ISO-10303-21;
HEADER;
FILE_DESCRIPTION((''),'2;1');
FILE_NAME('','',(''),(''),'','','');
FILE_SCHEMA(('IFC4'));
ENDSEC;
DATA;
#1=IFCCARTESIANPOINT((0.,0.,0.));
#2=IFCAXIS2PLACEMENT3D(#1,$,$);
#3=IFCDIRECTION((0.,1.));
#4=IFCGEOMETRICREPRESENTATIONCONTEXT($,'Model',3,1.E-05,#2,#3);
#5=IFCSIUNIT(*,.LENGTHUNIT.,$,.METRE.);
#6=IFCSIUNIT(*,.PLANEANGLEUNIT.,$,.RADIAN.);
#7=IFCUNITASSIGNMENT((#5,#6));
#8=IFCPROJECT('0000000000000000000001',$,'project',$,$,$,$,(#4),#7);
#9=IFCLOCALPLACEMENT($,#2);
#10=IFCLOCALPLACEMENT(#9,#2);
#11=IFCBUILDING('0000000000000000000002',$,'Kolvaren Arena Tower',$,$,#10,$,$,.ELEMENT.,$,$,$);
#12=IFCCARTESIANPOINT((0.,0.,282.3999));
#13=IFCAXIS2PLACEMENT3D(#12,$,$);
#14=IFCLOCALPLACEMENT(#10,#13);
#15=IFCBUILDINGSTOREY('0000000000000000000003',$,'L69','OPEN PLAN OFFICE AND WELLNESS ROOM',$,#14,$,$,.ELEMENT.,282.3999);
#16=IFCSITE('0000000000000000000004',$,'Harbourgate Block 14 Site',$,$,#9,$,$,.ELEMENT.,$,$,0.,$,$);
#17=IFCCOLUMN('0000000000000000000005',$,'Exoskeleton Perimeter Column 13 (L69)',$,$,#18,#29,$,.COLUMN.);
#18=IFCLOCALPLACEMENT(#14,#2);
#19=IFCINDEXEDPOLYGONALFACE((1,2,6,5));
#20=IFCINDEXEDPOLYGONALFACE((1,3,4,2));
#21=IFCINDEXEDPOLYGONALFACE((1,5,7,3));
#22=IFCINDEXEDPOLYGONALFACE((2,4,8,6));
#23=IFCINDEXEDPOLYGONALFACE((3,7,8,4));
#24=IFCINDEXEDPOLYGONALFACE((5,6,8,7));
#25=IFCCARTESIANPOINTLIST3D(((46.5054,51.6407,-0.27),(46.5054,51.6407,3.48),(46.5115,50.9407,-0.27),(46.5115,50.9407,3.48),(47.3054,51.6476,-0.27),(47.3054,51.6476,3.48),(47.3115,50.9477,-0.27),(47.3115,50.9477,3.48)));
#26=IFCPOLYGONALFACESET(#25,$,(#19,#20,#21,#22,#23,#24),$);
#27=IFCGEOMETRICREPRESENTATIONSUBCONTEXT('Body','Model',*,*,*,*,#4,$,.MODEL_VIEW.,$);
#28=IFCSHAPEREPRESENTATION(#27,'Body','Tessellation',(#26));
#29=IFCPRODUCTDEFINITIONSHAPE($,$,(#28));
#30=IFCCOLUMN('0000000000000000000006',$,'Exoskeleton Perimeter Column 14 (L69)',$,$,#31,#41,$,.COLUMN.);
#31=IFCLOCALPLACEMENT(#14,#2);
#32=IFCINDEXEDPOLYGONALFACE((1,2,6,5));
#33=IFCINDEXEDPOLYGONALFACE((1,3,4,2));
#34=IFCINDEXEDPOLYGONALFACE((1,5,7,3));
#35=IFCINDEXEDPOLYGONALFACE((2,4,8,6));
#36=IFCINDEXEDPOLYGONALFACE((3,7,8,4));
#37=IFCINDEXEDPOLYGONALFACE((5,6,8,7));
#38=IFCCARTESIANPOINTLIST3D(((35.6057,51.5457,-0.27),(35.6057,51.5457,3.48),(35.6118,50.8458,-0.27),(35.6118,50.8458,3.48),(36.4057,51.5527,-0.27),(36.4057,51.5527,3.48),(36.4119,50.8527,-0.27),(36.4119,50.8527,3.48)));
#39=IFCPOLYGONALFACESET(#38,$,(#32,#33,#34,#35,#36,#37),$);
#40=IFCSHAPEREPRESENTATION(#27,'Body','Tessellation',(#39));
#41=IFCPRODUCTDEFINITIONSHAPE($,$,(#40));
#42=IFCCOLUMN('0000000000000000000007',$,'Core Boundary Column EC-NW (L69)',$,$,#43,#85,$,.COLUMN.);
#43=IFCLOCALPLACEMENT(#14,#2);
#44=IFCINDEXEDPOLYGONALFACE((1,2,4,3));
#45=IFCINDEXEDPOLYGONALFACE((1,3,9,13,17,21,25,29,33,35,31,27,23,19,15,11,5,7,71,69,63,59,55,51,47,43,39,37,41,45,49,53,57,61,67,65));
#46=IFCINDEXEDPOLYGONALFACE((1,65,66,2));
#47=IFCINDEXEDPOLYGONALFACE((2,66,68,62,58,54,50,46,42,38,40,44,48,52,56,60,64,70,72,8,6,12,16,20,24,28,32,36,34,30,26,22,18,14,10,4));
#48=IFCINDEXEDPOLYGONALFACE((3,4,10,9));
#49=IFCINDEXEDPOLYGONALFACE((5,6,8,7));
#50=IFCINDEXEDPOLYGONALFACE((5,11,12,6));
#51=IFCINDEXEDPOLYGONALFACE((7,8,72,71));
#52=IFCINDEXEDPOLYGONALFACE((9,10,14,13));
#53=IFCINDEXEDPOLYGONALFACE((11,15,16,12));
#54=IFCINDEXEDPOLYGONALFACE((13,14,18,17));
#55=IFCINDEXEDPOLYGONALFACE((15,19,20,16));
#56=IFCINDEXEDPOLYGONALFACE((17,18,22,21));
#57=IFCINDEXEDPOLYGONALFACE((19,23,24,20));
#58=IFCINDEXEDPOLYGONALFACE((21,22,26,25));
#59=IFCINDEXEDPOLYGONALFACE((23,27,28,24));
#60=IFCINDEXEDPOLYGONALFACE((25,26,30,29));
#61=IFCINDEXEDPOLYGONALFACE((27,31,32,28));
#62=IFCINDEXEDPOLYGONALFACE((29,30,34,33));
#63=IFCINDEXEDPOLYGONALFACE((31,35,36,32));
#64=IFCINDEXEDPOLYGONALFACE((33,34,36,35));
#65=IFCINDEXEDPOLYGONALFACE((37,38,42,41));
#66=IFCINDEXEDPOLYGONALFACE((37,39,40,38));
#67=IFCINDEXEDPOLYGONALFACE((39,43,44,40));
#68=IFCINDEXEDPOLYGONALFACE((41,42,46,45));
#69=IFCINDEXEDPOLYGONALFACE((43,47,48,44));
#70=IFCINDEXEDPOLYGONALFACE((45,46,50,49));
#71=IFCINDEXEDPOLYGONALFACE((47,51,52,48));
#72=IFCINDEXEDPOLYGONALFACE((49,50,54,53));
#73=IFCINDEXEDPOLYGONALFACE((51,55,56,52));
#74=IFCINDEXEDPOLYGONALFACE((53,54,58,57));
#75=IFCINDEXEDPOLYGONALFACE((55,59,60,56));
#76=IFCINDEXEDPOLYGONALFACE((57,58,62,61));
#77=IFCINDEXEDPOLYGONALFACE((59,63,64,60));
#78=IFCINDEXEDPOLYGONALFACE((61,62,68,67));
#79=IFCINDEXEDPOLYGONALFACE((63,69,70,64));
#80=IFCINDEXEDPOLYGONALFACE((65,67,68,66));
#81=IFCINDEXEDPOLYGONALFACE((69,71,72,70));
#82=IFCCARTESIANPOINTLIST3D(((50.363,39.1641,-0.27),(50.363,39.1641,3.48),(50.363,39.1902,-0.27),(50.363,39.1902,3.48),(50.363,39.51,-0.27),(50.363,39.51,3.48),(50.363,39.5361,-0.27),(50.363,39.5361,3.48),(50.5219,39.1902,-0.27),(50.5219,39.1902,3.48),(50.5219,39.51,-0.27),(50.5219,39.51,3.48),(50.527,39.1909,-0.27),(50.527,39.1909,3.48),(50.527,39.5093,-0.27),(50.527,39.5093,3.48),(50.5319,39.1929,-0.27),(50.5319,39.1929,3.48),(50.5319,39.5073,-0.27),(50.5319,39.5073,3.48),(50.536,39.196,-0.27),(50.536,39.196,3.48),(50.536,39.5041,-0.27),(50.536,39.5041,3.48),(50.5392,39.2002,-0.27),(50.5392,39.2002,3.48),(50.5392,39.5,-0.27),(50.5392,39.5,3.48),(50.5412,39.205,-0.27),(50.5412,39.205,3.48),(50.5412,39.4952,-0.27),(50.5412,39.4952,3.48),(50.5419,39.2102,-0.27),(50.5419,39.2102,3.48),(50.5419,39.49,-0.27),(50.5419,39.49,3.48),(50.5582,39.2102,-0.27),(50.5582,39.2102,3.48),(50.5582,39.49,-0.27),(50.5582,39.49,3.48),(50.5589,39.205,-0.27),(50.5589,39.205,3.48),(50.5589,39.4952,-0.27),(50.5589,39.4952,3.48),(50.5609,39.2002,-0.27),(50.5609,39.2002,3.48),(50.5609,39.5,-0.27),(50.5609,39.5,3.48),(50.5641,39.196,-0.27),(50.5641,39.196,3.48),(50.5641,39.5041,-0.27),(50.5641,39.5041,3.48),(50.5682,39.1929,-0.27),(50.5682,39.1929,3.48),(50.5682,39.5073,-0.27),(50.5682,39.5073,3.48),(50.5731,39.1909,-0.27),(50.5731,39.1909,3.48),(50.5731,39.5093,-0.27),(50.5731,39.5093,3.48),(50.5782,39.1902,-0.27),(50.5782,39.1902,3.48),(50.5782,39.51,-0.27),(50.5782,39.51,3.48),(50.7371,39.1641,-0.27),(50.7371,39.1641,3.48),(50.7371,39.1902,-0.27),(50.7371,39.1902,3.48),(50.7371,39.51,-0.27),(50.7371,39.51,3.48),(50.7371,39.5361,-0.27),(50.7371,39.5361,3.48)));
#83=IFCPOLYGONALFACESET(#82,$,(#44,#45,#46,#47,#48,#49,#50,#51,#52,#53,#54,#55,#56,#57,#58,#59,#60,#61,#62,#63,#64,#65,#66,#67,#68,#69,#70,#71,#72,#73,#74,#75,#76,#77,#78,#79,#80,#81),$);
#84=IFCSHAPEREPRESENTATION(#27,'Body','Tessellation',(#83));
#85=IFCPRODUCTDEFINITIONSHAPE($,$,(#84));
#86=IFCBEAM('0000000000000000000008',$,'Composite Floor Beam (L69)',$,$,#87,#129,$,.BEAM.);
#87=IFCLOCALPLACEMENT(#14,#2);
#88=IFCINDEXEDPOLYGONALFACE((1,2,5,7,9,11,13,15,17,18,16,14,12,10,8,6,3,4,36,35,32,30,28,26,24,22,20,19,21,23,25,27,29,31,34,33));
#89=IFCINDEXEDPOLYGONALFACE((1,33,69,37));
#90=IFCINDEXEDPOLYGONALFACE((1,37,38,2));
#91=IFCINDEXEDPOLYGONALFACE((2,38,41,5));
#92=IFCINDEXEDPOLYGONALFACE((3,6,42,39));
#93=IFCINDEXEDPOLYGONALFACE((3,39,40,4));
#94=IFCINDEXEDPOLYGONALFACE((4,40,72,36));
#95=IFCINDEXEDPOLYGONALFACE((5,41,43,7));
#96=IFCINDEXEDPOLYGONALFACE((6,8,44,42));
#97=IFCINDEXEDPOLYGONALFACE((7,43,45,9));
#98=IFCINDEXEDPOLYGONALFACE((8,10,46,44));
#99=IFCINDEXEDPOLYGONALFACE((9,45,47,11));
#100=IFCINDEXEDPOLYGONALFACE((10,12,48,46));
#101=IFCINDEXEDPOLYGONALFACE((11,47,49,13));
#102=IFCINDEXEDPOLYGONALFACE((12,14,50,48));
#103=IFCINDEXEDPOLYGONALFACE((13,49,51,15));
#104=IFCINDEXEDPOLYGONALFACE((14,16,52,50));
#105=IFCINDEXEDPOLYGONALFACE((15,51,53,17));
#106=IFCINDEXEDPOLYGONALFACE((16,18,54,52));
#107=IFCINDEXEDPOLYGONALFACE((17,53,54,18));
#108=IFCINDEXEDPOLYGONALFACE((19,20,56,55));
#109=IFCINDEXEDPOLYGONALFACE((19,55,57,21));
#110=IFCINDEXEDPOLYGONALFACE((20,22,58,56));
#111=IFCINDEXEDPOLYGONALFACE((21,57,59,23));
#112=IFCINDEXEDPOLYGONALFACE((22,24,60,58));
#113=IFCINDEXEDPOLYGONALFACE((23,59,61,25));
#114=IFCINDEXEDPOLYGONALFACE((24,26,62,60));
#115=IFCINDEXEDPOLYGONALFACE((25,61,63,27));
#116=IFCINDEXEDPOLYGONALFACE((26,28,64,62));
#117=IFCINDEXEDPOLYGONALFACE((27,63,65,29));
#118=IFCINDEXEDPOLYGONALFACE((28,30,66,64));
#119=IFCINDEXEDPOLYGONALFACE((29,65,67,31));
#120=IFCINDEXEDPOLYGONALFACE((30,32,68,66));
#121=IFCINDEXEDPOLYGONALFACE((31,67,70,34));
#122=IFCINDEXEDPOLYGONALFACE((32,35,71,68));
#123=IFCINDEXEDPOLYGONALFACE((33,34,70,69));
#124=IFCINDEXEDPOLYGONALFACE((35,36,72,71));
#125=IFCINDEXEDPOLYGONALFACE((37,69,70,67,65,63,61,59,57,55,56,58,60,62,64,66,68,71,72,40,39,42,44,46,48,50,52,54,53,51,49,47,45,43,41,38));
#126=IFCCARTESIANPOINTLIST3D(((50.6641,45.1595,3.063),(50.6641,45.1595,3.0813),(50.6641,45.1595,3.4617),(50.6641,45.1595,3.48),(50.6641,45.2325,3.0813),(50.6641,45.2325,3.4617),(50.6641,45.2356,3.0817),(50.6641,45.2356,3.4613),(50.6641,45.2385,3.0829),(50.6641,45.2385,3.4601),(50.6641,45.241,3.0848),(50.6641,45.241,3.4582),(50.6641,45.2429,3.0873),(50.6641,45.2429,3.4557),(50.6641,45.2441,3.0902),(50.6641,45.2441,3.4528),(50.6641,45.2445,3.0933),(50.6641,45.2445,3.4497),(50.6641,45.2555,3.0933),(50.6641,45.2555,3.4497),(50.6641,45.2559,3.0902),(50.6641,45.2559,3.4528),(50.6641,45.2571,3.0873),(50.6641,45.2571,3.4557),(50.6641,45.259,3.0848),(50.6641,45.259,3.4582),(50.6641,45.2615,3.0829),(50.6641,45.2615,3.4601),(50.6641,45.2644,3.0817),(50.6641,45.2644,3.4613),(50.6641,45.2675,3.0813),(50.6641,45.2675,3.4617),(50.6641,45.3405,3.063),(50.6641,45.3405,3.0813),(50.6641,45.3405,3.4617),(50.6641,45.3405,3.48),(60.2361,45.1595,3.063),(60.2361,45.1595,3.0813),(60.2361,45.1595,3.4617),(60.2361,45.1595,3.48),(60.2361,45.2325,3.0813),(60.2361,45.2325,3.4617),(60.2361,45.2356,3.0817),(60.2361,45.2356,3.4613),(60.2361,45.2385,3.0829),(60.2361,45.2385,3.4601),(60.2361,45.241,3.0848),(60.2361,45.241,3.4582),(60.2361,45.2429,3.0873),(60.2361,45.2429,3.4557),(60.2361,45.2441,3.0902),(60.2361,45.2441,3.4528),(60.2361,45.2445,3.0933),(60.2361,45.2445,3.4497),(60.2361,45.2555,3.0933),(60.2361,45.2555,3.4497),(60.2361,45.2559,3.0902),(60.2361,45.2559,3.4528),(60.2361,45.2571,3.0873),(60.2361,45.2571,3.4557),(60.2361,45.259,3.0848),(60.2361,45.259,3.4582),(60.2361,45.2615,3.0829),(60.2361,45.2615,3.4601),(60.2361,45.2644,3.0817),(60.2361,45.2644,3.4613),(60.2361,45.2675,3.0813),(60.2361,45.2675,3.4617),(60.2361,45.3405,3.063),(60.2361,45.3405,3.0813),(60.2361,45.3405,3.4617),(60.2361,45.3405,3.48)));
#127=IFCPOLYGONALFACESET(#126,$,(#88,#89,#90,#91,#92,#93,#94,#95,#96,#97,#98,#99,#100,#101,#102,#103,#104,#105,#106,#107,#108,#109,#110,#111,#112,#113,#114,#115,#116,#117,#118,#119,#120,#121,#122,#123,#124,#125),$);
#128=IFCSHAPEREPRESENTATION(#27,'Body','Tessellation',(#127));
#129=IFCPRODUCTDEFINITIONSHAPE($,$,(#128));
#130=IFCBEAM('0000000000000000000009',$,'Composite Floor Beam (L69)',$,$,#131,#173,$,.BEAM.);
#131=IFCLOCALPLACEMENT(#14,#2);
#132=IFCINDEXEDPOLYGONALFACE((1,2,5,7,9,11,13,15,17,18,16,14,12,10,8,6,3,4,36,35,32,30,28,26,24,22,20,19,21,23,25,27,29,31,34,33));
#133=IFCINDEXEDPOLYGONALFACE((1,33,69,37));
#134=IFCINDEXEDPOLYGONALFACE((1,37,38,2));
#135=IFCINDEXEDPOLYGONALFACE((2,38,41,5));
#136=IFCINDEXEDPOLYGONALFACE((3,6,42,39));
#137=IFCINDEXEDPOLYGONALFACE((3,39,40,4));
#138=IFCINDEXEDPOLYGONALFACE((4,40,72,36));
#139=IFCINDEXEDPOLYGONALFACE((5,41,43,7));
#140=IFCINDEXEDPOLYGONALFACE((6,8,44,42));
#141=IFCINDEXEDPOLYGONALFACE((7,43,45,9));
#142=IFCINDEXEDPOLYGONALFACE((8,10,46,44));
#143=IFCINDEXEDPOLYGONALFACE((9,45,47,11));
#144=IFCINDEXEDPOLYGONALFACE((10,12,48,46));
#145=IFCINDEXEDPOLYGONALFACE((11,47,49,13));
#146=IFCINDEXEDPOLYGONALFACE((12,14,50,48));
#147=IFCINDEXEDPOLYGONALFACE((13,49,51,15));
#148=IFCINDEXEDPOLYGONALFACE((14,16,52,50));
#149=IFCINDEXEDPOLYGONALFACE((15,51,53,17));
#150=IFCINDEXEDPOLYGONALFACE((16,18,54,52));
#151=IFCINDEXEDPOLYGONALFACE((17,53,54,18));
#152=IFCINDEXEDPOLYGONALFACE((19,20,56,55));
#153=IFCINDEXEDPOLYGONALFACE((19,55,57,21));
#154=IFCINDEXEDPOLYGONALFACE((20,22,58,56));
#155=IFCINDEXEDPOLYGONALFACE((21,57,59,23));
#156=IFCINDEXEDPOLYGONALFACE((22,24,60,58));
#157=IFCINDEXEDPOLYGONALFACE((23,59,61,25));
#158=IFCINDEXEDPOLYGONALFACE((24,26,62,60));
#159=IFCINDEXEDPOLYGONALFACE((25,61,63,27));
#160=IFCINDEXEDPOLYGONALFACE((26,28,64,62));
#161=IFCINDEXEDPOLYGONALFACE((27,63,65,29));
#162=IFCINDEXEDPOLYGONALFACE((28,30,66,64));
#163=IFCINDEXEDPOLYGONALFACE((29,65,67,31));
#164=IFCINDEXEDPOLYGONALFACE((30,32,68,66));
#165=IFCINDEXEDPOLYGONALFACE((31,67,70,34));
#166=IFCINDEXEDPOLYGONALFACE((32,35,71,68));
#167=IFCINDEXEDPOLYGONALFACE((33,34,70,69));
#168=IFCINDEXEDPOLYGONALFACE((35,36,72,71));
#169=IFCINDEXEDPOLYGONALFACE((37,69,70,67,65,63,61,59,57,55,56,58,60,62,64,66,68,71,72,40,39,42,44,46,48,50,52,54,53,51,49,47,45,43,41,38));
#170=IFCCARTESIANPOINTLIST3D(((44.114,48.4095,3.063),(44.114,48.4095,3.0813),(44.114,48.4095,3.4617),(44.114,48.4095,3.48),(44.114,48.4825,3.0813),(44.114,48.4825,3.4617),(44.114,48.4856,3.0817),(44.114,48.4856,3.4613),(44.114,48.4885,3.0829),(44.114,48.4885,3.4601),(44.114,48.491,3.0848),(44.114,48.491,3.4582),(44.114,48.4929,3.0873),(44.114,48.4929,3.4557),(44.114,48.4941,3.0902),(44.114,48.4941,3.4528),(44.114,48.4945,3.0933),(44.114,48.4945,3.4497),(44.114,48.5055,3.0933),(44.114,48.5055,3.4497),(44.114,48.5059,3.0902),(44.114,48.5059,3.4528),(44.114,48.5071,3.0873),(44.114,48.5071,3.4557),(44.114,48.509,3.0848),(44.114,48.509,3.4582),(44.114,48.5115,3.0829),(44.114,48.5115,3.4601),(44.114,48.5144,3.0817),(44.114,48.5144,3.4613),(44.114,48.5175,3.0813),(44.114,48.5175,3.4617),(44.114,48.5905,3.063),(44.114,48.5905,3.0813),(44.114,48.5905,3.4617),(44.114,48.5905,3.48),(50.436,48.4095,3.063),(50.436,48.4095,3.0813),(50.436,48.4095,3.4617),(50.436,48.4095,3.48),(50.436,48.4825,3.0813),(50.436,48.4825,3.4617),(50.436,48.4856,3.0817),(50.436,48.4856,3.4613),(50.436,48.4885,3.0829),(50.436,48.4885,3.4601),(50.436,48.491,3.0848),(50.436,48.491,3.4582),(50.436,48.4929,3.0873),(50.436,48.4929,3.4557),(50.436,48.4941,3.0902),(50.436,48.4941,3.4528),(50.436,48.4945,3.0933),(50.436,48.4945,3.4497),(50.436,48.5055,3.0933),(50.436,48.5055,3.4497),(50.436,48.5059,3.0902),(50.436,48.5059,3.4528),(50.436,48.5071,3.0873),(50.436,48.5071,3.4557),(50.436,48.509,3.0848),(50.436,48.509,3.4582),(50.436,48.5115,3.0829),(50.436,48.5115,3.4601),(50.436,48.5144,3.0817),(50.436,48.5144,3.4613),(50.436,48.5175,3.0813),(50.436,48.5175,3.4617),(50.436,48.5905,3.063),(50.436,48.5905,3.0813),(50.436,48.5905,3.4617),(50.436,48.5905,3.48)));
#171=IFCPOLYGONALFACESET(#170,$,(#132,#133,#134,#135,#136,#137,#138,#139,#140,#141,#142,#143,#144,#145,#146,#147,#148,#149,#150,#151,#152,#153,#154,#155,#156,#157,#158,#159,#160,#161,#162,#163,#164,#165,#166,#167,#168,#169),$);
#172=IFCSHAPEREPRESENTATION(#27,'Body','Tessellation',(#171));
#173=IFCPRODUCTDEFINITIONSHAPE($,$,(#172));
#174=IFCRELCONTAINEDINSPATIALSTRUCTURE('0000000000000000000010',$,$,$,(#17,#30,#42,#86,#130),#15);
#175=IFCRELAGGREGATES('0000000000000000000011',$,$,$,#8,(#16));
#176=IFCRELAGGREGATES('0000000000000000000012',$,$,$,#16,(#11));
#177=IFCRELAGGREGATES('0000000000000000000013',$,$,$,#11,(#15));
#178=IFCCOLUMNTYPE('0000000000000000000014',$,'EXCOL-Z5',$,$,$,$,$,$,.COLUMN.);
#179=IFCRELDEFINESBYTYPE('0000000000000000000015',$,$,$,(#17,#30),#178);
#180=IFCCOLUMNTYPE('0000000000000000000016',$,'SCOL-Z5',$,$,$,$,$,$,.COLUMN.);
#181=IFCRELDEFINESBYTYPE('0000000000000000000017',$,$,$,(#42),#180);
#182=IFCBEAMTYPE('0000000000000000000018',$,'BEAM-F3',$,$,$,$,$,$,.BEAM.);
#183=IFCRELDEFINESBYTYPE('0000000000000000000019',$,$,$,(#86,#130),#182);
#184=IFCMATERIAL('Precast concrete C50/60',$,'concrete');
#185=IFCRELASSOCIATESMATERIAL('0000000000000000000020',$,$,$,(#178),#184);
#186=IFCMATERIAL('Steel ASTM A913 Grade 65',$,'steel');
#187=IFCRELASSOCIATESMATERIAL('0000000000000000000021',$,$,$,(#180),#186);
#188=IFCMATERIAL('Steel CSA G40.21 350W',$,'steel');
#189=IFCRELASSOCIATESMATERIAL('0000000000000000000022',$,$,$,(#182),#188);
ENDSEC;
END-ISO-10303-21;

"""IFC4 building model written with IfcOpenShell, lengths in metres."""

from ifc_helpers import new_model, si_unit, direction, frame, origin, origin_2d, place, context, subcontext, project, spatial, rectangle, i_section, extrude, material, material_profile, profile_set, type_object, element, save


model = new_model("IFC4")

# Units and contexts
model_context = context("Model", 3, precision=1e-05, world=origin(), true_north=direction((0.0, 1.0)))
body_context = subcontext(model_context, "Body", "Model", "MODEL_VIEW")
ifc_project = project(units=[si_unit("LENGTHUNIT", "METRE"), si_unit("PLANEANGLEUNIT", "RADIAN")], contexts=[model_context])

# Site, building, storey
site_placement = place(None, origin())
site = spatial("IfcSite", under=ifc_project, at=site_placement, Name="Harbourgate Block 14 Site", CompositionType="ELEMENT", RefElevation=0.0)
building_placement = place(site_placement, origin())
building = spatial("IfcBuilding", under=site, at=building_placement, Name="Kolvaren Arena Tower", CompositionType="ELEMENT")
storey_placement = place(building_placement, frame((0.0, 0.0, 282.3999)))
storey = spatial("IfcBuildingStorey", under=building, at=storey_placement, Name="L69", Description="OPEN PLAN OFFICE AND WELLNESS ROOM", CompositionType="ELEMENT", Elevation=282.3999)

# Columns
ifc_material_1 = material(Name="Precast concrete C50/60", Category="concrete")
ifc_material_profile_1 = material_profile(ifc_material_1, rectangle(XDim=0.8, YDim=0.7, at=origin_2d()), Name="RC-800x700")
ifc_profile_set_1 = profile_set([ifc_material_profile_1], Name="Precast concrete C50/60")
column_type_1 = type_object("IfcColumnType", Name="EXCOL-Z5", PredefinedType="COLUMN", material=ifc_profile_set_1)
for number, where, z_axis, x_axis, name in (
    (1, (46.9084, 51.2942, -0.27), (0.0, 0.0, 1.0), (0.999962, 0.008727, 0.0), "Exoskeleton Perimeter Column 13 (L69)"),
    (2, (36.0088, 51.1992, -0.27), (0.0, 0.0, 1.0), (0.999962, 0.008727, 0.0), "Exoskeleton Perimeter Column 14 (L69)"),
):
    element("IfcColumn", number, at=place(storey_placement, frame(where, z_axis=z_axis, x_axis=x_axis)), inside=storey, type_object=column_type_1, Name=name, PredefinedType="COLUMN", context=body_context, shape_type="SweptSolid", body=[
        extrude(rectangle(XDim=0.8, YDim=0.7, at=origin_2d()), origin(), (0.0, 0.0, 1.0), 3.75),
    ])
ifc_material_2 = material(Name="Steel ASTM A913 Grade 65", Category="steel")
ifc_material_profile_2 = material_profile(ifc_material_2, i_section(OverallWidth=0.374, OverallDepth=0.3721, WebThickness=0.0164, FlangeThickness=0.0261, FilletRadius=0.02, at=origin_2d()), Name="W360x196")
ifc_profile_set_2 = profile_set([ifc_material_profile_2], Name="Steel ASTM A913 Grade 65")
column_type_2 = type_object("IfcColumnType", Name="SCOL-Z5", PredefinedType="COLUMN", material=ifc_profile_set_2)
column_placement = place(storey_placement, frame((50.55, 39.3501, -0.27), z_axis=(0.0, 0.0, 1.0), x_axis=(1.0, 0.0, 0.0)))
element("IfcColumn", 3, at=column_placement, inside=storey, type_object=column_type_2, Name="Core Boundary Column EC-NW (L69)", PredefinedType="COLUMN", context=body_context, shape_type="SweptSolid", body=[
    extrude(i_section(OverallWidth=0.374, OverallDepth=0.3721, WebThickness=0.0164, FlangeThickness=0.0261, FilletRadius=0.02, at=origin_2d()), origin(), (0.0, 0.0, 1.0), 3.75),
])

# Beams
ifc_material_3 = material(Name="Steel CSA G40.21 350W", Category="steel")
ifc_material_profile_3 = material_profile(ifc_material_3, i_section(OverallWidth=0.1809, OverallDepth=0.417, WebThickness=0.011, FlangeThickness=0.0183, FilletRadius=0.012, at=origin_2d()), Name="W410x85")
ifc_profile_set_3 = profile_set([ifc_material_profile_3], Name="Steel CSA G40.21 350W")
beam_type_1 = type_object("IfcBeamType", Name="BEAM-F3", PredefinedType="BEAM", material=ifc_profile_set_3)
beam_1_placement = place(storey_placement, frame((50.6641, 45.25, 3.2715), z_axis=(1.0, 0.0, 0.0), x_axis=(0.0, 1.0, 0.0)))
element("IfcBeam", 4, at=beam_1_placement, inside=storey, type_object=beam_type_1, Name="Composite Floor Beam (L69)", PredefinedType="BEAM", context=body_context, shape_type="SweptSolid", body=[
    extrude(i_section(OverallWidth=0.1809, OverallDepth=0.417, WebThickness=0.011, FlangeThickness=0.0183, FilletRadius=0.012, at=origin_2d()), origin(), (0.0, 0.0, 1.0), 9.572),
])
beam_2_placement = place(storey_placement, frame((44.114, 48.5, 3.2715), z_axis=(1.0, 0.0, 0.0), x_axis=(0.0, 1.0, 0.0)))
element("IfcBeam", 5, at=beam_2_placement, inside=storey, type_object=beam_type_1, Name="Composite Floor Beam (L69)", PredefinedType="BEAM", context=body_context, shape_type="SweptSolid", body=[
    extrude(i_section(OverallWidth=0.1809, OverallDepth=0.417, WebThickness=0.011, FlangeThickness=0.0183, FilletRadius=0.012, at=origin_2d()), origin(), (0.0, 0.0, 1.0), 6.322),
])

save(model, "model.ifc")
